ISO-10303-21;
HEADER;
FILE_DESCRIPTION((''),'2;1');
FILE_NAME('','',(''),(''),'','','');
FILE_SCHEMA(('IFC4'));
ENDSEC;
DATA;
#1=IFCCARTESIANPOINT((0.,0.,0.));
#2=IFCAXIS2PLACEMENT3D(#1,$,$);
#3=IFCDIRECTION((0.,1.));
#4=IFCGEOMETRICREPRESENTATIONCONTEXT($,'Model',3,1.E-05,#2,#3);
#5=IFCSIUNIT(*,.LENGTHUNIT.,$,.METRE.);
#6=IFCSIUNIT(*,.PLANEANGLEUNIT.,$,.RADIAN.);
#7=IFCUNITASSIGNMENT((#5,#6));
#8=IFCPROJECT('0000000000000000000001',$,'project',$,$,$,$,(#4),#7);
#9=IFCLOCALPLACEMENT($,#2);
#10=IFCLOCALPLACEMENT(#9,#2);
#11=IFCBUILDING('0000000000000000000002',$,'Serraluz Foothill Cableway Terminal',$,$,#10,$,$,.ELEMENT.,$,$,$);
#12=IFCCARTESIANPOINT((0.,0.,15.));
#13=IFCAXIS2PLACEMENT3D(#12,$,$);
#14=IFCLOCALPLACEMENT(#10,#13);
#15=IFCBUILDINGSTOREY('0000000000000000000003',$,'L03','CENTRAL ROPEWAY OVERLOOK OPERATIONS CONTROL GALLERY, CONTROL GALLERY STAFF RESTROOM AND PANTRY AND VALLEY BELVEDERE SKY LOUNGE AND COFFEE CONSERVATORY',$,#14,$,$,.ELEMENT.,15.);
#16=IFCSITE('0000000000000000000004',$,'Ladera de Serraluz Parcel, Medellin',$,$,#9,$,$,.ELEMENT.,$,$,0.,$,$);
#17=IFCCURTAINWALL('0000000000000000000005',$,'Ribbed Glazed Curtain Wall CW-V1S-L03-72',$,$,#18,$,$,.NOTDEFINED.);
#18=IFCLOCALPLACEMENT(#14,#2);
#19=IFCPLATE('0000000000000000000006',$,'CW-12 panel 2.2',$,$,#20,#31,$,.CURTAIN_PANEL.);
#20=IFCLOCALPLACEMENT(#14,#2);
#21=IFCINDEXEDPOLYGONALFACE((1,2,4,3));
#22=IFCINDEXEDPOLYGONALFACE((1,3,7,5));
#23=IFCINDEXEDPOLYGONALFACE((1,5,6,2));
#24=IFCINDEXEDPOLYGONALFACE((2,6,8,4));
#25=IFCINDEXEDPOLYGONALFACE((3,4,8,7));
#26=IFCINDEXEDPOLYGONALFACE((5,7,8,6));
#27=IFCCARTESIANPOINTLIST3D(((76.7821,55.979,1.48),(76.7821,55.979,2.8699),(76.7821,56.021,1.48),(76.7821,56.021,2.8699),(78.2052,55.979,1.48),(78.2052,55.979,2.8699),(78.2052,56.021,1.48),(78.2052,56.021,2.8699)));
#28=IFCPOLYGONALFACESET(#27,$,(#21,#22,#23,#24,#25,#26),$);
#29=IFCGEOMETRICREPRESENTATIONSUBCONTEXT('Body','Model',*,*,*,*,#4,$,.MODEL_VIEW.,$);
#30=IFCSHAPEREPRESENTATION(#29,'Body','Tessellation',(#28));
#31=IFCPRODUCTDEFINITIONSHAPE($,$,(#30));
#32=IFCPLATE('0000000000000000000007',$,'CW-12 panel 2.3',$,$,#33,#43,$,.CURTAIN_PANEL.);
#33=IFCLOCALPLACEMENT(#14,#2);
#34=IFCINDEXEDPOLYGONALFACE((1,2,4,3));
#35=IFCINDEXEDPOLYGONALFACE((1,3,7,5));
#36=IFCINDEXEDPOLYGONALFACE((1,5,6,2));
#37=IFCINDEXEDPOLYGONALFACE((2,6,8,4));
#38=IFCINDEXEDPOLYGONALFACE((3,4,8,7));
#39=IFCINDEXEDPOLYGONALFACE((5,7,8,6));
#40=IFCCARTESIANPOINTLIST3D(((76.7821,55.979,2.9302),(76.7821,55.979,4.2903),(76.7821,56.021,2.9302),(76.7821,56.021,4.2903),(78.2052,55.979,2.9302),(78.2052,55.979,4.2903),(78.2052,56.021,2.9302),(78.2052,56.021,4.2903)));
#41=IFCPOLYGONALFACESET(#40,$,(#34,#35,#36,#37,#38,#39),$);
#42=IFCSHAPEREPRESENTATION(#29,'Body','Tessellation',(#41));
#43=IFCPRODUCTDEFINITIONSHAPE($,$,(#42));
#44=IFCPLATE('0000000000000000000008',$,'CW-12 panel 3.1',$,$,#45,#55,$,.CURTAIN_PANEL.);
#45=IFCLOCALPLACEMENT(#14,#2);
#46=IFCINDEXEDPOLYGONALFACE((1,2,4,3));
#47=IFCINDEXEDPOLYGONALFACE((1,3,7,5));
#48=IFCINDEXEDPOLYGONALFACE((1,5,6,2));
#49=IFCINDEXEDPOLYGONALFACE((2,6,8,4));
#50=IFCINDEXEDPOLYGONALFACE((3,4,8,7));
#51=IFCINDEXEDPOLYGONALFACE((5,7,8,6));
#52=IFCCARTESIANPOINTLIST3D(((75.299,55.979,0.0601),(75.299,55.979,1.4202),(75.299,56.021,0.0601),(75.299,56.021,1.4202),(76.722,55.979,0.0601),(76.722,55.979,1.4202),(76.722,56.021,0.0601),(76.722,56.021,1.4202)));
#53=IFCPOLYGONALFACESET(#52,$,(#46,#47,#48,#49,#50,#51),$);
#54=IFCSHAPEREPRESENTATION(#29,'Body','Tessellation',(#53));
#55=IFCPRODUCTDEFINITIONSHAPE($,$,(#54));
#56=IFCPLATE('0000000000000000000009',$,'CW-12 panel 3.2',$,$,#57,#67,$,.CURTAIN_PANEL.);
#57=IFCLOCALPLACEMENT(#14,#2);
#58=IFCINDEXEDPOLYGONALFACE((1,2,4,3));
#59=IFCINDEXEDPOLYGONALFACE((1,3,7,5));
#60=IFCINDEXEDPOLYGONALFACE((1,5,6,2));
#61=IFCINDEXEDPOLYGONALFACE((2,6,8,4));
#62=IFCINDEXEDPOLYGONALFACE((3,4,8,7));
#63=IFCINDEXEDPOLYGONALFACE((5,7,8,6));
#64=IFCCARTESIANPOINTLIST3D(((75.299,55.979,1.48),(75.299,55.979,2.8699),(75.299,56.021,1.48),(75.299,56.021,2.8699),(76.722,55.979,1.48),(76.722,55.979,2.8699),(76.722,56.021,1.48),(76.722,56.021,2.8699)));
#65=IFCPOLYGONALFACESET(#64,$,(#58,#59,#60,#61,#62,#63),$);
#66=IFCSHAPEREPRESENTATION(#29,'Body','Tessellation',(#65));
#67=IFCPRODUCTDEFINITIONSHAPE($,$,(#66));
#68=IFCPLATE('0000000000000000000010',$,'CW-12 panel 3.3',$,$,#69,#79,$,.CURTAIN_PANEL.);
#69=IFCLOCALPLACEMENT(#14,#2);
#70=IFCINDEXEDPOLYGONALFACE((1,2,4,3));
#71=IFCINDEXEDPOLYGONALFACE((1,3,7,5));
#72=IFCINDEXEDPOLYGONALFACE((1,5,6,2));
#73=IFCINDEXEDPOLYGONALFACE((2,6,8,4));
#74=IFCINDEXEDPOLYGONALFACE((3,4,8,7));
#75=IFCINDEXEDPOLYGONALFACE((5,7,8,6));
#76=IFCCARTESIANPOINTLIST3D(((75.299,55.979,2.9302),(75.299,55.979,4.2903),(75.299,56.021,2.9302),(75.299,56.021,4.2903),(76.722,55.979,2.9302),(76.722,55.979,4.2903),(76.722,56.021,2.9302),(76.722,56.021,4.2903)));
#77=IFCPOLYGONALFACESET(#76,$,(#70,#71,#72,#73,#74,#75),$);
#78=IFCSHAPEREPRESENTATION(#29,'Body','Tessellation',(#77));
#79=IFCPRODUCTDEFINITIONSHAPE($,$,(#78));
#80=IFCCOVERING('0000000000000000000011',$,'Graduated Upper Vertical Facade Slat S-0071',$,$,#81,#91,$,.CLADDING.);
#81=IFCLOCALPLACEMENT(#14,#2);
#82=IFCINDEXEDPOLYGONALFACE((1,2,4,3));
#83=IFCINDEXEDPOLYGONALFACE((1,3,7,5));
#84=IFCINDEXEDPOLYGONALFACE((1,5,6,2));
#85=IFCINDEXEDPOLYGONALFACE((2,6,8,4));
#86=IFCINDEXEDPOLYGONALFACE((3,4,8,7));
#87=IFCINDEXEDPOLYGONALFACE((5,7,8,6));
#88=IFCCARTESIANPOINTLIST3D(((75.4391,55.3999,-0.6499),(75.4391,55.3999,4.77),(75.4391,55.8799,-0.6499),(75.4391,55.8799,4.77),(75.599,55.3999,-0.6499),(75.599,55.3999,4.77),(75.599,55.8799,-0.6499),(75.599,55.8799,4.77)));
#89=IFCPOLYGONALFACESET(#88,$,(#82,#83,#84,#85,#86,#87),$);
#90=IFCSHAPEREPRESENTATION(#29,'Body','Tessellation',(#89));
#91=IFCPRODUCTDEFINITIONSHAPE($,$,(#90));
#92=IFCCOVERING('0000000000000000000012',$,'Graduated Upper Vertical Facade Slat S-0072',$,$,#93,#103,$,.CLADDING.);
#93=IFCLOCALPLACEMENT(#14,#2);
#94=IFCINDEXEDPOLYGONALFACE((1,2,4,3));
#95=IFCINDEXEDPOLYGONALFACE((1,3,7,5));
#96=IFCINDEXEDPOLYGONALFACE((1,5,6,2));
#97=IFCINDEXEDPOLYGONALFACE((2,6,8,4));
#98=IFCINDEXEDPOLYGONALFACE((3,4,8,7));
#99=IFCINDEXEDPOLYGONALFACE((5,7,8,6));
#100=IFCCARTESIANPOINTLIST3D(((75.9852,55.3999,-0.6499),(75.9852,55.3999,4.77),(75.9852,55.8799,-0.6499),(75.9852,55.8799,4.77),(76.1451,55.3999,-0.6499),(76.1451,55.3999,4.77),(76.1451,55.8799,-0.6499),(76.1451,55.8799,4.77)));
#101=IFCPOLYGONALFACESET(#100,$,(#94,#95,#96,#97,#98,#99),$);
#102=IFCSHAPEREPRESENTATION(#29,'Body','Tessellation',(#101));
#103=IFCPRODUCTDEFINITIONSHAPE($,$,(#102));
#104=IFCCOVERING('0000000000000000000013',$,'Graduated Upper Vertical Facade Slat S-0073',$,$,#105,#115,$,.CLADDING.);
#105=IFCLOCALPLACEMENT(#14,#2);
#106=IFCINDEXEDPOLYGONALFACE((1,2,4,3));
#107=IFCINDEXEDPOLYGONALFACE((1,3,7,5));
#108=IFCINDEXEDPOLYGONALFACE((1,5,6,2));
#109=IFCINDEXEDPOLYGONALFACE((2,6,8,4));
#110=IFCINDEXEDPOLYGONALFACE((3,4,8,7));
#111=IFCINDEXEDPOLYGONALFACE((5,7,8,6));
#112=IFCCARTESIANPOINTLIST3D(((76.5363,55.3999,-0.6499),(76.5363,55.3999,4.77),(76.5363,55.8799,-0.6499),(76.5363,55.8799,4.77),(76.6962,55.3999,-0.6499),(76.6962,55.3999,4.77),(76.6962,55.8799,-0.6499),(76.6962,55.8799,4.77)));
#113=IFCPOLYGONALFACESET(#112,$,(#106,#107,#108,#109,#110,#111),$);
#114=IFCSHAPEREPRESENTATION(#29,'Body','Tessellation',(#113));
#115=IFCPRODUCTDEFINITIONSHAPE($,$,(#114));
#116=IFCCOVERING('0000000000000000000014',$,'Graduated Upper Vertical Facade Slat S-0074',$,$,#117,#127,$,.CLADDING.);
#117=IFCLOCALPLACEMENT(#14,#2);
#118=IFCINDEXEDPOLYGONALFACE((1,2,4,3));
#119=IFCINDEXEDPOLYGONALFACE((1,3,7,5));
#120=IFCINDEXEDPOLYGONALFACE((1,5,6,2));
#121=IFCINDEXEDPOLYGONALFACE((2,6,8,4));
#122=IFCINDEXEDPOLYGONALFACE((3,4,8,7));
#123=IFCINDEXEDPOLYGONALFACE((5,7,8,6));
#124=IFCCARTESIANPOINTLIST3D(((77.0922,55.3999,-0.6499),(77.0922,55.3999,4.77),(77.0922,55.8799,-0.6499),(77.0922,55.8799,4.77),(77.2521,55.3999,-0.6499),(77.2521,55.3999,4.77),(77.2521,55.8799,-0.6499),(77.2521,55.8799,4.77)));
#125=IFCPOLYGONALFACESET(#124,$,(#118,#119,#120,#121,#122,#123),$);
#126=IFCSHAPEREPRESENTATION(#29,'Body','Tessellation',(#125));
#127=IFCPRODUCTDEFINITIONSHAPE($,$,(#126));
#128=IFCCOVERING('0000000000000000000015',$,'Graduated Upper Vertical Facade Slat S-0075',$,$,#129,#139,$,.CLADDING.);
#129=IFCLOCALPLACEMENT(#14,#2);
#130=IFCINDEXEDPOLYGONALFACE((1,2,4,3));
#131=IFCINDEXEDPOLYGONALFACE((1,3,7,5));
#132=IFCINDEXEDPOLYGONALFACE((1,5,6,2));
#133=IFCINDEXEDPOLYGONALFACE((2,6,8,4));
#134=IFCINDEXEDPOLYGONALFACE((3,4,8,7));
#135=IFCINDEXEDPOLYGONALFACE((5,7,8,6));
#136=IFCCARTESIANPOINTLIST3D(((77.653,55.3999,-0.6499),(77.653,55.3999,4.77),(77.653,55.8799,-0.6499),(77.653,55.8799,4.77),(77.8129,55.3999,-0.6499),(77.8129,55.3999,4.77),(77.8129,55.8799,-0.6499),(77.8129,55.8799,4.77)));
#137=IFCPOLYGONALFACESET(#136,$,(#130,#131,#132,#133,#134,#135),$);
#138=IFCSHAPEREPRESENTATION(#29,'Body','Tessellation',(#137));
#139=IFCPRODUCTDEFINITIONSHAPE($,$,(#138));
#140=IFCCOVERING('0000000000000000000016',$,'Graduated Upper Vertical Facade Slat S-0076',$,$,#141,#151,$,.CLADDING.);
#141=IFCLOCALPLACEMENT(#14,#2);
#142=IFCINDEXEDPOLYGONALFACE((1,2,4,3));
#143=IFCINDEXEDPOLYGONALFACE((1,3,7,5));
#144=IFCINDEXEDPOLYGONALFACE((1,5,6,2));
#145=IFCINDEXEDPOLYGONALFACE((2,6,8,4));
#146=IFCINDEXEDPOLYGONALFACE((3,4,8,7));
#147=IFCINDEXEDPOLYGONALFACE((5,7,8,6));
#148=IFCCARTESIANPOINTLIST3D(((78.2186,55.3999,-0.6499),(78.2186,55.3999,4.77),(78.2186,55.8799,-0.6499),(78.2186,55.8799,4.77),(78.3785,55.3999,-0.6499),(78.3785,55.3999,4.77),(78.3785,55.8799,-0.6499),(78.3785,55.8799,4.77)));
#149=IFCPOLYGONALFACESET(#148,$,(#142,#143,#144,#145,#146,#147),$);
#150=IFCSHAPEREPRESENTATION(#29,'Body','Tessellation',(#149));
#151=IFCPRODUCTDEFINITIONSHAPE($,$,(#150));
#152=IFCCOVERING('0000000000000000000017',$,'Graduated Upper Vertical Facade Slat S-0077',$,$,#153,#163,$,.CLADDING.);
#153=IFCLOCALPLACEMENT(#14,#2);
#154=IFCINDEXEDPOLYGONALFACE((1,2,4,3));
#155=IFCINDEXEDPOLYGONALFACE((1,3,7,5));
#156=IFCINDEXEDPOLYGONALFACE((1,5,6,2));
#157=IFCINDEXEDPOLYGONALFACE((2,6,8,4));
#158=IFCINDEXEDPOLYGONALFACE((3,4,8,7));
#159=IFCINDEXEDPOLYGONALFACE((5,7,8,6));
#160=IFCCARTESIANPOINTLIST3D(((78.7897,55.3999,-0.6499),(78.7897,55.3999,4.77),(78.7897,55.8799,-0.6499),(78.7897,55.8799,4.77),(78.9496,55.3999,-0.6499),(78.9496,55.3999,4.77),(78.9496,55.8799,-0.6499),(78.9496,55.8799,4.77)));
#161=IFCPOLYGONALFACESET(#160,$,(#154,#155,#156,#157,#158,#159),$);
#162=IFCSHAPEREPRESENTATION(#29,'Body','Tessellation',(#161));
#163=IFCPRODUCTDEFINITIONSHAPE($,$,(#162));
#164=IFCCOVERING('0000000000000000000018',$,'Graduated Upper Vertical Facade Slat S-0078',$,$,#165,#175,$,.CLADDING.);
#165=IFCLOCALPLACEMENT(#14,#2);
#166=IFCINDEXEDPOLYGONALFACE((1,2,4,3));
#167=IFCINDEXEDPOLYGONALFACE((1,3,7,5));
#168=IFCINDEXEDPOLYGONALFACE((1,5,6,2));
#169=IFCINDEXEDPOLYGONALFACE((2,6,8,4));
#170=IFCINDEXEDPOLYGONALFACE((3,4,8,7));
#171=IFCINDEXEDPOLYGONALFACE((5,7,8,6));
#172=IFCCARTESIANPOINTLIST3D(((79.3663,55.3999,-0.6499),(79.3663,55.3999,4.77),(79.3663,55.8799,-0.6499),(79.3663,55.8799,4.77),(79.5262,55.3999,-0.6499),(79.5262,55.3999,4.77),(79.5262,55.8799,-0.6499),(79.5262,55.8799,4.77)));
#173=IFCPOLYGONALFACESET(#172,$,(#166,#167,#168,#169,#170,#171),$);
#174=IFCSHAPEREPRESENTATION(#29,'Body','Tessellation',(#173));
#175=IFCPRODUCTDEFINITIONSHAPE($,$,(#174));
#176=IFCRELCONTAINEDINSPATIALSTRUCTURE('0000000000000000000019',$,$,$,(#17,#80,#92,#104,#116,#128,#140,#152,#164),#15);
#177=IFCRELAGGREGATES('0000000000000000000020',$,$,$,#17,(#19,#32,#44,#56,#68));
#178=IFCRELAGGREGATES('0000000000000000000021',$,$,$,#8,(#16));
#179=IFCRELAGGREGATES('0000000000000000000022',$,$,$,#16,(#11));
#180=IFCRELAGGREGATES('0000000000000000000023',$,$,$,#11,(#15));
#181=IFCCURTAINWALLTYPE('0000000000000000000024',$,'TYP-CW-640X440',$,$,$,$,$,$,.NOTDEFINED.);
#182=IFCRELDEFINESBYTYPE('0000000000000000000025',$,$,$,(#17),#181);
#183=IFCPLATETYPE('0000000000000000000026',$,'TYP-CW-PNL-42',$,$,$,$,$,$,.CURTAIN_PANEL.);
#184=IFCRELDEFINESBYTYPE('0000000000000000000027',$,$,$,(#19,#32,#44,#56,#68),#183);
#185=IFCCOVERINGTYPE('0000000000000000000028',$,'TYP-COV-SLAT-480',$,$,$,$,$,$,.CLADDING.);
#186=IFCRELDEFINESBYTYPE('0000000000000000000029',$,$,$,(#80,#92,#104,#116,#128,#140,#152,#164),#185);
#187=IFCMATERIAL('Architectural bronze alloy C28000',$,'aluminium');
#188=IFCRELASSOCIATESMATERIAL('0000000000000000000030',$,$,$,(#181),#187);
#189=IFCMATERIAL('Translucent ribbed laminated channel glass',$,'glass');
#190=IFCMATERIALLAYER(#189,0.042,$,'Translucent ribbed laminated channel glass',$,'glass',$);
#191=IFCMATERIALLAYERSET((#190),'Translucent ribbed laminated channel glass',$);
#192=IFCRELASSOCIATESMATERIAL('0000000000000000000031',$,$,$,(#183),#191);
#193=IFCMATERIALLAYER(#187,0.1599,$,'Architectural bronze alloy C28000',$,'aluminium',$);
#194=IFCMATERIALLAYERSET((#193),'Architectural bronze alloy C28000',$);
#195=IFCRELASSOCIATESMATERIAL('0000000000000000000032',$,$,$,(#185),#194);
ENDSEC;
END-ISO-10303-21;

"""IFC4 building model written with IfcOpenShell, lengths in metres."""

from ifc_helpers import new_model, si_unit, direction, frame, origin, origin_2d, place, context, subcontext, project, spatial, rectangle, extrude, material, layer, layer_set, type_object, element, aggregate, save


model = new_model("IFC4")

# Units and contexts
model_context = context("Model", 3, precision=1e-05, world=origin(), true_north=direction((0.0, 1.0)))
body_context = subcontext(model_context, "Body", "Model", "MODEL_VIEW")
ifc_project = project(units=[si_unit("LENGTHUNIT", "METRE"), si_unit("PLANEANGLEUNIT", "RADIAN")], contexts=[model_context])

# Site, building, storey
site_placement = place(None, origin())
site = spatial("IfcSite", under=ifc_project, at=site_placement, Name="Ladera de Serraluz Parcel, Medellin", CompositionType="ELEMENT", RefElevation=0.0)
building_placement = place(site_placement, origin())
building = spatial("IfcBuilding", under=site, at=building_placement, Name="Serraluz Foothill Cableway Terminal", CompositionType="ELEMENT")
storey_placement = place(building_placement, frame((0.0, 0.0, 15.0)))
storey = spatial("IfcBuildingStorey", under=building, at=storey_placement, Name="L03", Description="CENTRAL ROPEWAY OVERLOOK OPERATIONS CONTROL GALLERY, CONTROL GALLERY STAFF RESTROOM AND PANTRY AND VALLEY BELVEDERE SKY LOUNGE AND COFFEE CONSERVATORY", CompositionType="ELEMENT", Elevation=15.0)

# Curtain wall
ifc_material_1 = material(Name="Architectural bronze alloy C28000", Category="aluminium")
curtain_wall_type = type_object("IfcCurtainWallType", Name="TYP-CW-640X440", PredefinedType="NOTDEFINED", material=ifc_material_1)
curtain_wall_placement = place(storey_placement, origin())
curtain_wall = element("IfcCurtainWall", 1, at=curtain_wall_placement, inside=storey, type_object=curtain_wall_type, Name="Ribbed Glazed Curtain Wall CW-V1S-L03-72", PredefinedType="NOTDEFINED")

# Plates
ifc_material_2 = material(Name="Translucent ribbed laminated channel glass", Category="glass")
ifc_layer_1 = layer(ifc_material_2, 0.042, Name="Translucent ribbed laminated channel glass", Category="glass")
ifc_layer_set_1 = layer_set([ifc_layer_1], Name="Translucent ribbed laminated channel glass")
plate_type = type_object("IfcPlateType", Name="TYP-CW-PNL-42", PredefinedType="CURTAIN_PANEL", material=ifc_layer_set_1)
plate_1_placement = place(storey_placement, frame((77.4937, 56.0, 1.48), z_axis=(0.0, 0.0, 1.0), x_axis=(-1.0, 0.0, 0.0)))
plate_1 = element("IfcPlate", 2, at=plate_1_placement, type_object=plate_type, Name="CW-12 panel 2.2", PredefinedType="CURTAIN_PANEL", context=body_context, shape_type="SweptSolid", body=[
    extrude(rectangle(XDim=1.4231, YDim=0.042, at=origin_2d()), origin(), (0.0, 0.0, 1.0), 1.3899),
])
plate_2_placement = place(storey_placement, frame((77.4937, 56.0, 2.9302), z_axis=(0.0, 0.0, 1.0), x_axis=(-1.0, 0.0, 0.0)))
plate_2 = element("IfcPlate", 3, at=plate_2_placement, type_object=plate_type, Name="CW-12 panel 2.3", PredefinedType="CURTAIN_PANEL", context=body_context, shape_type="SweptSolid", body=[
    extrude(rectangle(XDim=1.4231, YDim=0.042, at=origin_2d()), origin(), (0.0, 0.0, 1.0), 1.3601),
])
plate_3_placement = place(storey_placement, frame((76.0105, 56.0, 0.0601), z_axis=(0.0, 0.0, 1.0), x_axis=(-1.0, 0.0, 0.0)))
plate_3 = element("IfcPlate", 4, at=plate_3_placement, type_object=plate_type, Name="CW-12 panel 3.1", PredefinedType="CURTAIN_PANEL", context=body_context, shape_type="SweptSolid", body=[
    extrude(rectangle(XDim=1.4231, YDim=0.042, at=origin_2d()), origin(), (0.0, 0.0, 1.0), 1.3601),
])
plate_4_placement = place(storey_placement, frame((76.0105, 56.0, 1.48), z_axis=(0.0, 0.0, 1.0), x_axis=(-1.0, 0.0, 0.0)))
plate_4 = element("IfcPlate", 5, at=plate_4_placement, type_object=plate_type, Name="CW-12 panel 3.2", PredefinedType="CURTAIN_PANEL", context=body_context, shape_type="SweptSolid", body=[
    extrude(rectangle(XDim=1.4231, YDim=0.042, at=origin_2d()), origin(), (0.0, 0.0, 1.0), 1.3899),
])
plate_5_placement = place(storey_placement, frame((76.0105, 56.0, 2.9302), z_axis=(0.0, 0.0, 1.0), x_axis=(-1.0, 0.0, 0.0)))
plate_5 = element("IfcPlate", 6, at=plate_5_placement, type_object=plate_type, Name="CW-12 panel 3.3", PredefinedType="CURTAIN_PANEL", context=body_context, shape_type="SweptSolid", body=[
    extrude(rectangle(XDim=1.4231, YDim=0.042, at=origin_2d()), origin(), (0.0, 0.0, 1.0), 1.3601),
])
aggregate(curtain_wall, [plate_1, plate_2, plate_3, plate_4, plate_5])

# Coverings
ifc_layer_2 = layer(ifc_material_1, 0.1599, Name="Architectural bronze alloy C28000", Category="aluminium")
ifc_layer_set_2 = layer_set([ifc_layer_2], Name="Architectural bronze alloy C28000")
covering_type = type_object("IfcCoveringType", Name="TYP-COV-SLAT-480", PredefinedType="CLADDING", material=ifc_layer_set_2)
for number, where, z_axis, x_axis, name in (
    (7, (75.519, 55.6399, -0.6499), (0.0, 0.0, 1.0), (1.0, 0.0, 0.0), "Graduated Upper Vertical Facade Slat S-0071"),
    (8, (76.0652, 55.6399, -0.6499), (0.0, 0.0, 1.0), (1.0, 0.0, 0.0), "Graduated Upper Vertical Facade Slat S-0072"),
    (9, (76.6162, 55.6399, -0.6499), (0.0, 0.0, 1.0), (1.0, 0.0, 0.0), "Graduated Upper Vertical Facade Slat S-0073"),
    (10, (77.1721, 55.6399, -0.6499), (0.0, 0.0, 1.0), (1.0, 0.0, 0.0), "Graduated Upper Vertical Facade Slat S-0074"),
    (11, (77.7329, 55.6399, -0.6499), (0.0, 0.0, 1.0), (1.0, 0.0, 0.0), "Graduated Upper Vertical Facade Slat S-0075"),
    (12, (78.2986, 55.6399, -0.6499), (0.0, 0.0, 1.0), (1.0, 0.0, 0.0), "Graduated Upper Vertical Facade Slat S-0076"),
    (13, (78.8696, 55.6399, -0.6499), (0.0, 0.0, 1.0), (1.0, 0.0, 0.0), "Graduated Upper Vertical Facade Slat S-0077"),
    (14, (79.4463, 55.6399, -0.6499), (0.0, 0.0, 1.0), (1.0, 0.0, 0.0), "Graduated Upper Vertical Facade Slat S-0078"),
):
    element("IfcCovering", number, at=place(storey_placement, frame(where, z_axis=z_axis, x_axis=x_axis)), inside=storey, type_object=covering_type, Name=name, PredefinedType="CLADDING", context=body_context, shape_type="SweptSolid", body=[
        extrude(rectangle(XDim=0.1599, YDim=0.48, at=origin_2d()), origin(), (0.0, 0.0, 1.0), 5.4199),
    ])

save(model, "model.ifc")
